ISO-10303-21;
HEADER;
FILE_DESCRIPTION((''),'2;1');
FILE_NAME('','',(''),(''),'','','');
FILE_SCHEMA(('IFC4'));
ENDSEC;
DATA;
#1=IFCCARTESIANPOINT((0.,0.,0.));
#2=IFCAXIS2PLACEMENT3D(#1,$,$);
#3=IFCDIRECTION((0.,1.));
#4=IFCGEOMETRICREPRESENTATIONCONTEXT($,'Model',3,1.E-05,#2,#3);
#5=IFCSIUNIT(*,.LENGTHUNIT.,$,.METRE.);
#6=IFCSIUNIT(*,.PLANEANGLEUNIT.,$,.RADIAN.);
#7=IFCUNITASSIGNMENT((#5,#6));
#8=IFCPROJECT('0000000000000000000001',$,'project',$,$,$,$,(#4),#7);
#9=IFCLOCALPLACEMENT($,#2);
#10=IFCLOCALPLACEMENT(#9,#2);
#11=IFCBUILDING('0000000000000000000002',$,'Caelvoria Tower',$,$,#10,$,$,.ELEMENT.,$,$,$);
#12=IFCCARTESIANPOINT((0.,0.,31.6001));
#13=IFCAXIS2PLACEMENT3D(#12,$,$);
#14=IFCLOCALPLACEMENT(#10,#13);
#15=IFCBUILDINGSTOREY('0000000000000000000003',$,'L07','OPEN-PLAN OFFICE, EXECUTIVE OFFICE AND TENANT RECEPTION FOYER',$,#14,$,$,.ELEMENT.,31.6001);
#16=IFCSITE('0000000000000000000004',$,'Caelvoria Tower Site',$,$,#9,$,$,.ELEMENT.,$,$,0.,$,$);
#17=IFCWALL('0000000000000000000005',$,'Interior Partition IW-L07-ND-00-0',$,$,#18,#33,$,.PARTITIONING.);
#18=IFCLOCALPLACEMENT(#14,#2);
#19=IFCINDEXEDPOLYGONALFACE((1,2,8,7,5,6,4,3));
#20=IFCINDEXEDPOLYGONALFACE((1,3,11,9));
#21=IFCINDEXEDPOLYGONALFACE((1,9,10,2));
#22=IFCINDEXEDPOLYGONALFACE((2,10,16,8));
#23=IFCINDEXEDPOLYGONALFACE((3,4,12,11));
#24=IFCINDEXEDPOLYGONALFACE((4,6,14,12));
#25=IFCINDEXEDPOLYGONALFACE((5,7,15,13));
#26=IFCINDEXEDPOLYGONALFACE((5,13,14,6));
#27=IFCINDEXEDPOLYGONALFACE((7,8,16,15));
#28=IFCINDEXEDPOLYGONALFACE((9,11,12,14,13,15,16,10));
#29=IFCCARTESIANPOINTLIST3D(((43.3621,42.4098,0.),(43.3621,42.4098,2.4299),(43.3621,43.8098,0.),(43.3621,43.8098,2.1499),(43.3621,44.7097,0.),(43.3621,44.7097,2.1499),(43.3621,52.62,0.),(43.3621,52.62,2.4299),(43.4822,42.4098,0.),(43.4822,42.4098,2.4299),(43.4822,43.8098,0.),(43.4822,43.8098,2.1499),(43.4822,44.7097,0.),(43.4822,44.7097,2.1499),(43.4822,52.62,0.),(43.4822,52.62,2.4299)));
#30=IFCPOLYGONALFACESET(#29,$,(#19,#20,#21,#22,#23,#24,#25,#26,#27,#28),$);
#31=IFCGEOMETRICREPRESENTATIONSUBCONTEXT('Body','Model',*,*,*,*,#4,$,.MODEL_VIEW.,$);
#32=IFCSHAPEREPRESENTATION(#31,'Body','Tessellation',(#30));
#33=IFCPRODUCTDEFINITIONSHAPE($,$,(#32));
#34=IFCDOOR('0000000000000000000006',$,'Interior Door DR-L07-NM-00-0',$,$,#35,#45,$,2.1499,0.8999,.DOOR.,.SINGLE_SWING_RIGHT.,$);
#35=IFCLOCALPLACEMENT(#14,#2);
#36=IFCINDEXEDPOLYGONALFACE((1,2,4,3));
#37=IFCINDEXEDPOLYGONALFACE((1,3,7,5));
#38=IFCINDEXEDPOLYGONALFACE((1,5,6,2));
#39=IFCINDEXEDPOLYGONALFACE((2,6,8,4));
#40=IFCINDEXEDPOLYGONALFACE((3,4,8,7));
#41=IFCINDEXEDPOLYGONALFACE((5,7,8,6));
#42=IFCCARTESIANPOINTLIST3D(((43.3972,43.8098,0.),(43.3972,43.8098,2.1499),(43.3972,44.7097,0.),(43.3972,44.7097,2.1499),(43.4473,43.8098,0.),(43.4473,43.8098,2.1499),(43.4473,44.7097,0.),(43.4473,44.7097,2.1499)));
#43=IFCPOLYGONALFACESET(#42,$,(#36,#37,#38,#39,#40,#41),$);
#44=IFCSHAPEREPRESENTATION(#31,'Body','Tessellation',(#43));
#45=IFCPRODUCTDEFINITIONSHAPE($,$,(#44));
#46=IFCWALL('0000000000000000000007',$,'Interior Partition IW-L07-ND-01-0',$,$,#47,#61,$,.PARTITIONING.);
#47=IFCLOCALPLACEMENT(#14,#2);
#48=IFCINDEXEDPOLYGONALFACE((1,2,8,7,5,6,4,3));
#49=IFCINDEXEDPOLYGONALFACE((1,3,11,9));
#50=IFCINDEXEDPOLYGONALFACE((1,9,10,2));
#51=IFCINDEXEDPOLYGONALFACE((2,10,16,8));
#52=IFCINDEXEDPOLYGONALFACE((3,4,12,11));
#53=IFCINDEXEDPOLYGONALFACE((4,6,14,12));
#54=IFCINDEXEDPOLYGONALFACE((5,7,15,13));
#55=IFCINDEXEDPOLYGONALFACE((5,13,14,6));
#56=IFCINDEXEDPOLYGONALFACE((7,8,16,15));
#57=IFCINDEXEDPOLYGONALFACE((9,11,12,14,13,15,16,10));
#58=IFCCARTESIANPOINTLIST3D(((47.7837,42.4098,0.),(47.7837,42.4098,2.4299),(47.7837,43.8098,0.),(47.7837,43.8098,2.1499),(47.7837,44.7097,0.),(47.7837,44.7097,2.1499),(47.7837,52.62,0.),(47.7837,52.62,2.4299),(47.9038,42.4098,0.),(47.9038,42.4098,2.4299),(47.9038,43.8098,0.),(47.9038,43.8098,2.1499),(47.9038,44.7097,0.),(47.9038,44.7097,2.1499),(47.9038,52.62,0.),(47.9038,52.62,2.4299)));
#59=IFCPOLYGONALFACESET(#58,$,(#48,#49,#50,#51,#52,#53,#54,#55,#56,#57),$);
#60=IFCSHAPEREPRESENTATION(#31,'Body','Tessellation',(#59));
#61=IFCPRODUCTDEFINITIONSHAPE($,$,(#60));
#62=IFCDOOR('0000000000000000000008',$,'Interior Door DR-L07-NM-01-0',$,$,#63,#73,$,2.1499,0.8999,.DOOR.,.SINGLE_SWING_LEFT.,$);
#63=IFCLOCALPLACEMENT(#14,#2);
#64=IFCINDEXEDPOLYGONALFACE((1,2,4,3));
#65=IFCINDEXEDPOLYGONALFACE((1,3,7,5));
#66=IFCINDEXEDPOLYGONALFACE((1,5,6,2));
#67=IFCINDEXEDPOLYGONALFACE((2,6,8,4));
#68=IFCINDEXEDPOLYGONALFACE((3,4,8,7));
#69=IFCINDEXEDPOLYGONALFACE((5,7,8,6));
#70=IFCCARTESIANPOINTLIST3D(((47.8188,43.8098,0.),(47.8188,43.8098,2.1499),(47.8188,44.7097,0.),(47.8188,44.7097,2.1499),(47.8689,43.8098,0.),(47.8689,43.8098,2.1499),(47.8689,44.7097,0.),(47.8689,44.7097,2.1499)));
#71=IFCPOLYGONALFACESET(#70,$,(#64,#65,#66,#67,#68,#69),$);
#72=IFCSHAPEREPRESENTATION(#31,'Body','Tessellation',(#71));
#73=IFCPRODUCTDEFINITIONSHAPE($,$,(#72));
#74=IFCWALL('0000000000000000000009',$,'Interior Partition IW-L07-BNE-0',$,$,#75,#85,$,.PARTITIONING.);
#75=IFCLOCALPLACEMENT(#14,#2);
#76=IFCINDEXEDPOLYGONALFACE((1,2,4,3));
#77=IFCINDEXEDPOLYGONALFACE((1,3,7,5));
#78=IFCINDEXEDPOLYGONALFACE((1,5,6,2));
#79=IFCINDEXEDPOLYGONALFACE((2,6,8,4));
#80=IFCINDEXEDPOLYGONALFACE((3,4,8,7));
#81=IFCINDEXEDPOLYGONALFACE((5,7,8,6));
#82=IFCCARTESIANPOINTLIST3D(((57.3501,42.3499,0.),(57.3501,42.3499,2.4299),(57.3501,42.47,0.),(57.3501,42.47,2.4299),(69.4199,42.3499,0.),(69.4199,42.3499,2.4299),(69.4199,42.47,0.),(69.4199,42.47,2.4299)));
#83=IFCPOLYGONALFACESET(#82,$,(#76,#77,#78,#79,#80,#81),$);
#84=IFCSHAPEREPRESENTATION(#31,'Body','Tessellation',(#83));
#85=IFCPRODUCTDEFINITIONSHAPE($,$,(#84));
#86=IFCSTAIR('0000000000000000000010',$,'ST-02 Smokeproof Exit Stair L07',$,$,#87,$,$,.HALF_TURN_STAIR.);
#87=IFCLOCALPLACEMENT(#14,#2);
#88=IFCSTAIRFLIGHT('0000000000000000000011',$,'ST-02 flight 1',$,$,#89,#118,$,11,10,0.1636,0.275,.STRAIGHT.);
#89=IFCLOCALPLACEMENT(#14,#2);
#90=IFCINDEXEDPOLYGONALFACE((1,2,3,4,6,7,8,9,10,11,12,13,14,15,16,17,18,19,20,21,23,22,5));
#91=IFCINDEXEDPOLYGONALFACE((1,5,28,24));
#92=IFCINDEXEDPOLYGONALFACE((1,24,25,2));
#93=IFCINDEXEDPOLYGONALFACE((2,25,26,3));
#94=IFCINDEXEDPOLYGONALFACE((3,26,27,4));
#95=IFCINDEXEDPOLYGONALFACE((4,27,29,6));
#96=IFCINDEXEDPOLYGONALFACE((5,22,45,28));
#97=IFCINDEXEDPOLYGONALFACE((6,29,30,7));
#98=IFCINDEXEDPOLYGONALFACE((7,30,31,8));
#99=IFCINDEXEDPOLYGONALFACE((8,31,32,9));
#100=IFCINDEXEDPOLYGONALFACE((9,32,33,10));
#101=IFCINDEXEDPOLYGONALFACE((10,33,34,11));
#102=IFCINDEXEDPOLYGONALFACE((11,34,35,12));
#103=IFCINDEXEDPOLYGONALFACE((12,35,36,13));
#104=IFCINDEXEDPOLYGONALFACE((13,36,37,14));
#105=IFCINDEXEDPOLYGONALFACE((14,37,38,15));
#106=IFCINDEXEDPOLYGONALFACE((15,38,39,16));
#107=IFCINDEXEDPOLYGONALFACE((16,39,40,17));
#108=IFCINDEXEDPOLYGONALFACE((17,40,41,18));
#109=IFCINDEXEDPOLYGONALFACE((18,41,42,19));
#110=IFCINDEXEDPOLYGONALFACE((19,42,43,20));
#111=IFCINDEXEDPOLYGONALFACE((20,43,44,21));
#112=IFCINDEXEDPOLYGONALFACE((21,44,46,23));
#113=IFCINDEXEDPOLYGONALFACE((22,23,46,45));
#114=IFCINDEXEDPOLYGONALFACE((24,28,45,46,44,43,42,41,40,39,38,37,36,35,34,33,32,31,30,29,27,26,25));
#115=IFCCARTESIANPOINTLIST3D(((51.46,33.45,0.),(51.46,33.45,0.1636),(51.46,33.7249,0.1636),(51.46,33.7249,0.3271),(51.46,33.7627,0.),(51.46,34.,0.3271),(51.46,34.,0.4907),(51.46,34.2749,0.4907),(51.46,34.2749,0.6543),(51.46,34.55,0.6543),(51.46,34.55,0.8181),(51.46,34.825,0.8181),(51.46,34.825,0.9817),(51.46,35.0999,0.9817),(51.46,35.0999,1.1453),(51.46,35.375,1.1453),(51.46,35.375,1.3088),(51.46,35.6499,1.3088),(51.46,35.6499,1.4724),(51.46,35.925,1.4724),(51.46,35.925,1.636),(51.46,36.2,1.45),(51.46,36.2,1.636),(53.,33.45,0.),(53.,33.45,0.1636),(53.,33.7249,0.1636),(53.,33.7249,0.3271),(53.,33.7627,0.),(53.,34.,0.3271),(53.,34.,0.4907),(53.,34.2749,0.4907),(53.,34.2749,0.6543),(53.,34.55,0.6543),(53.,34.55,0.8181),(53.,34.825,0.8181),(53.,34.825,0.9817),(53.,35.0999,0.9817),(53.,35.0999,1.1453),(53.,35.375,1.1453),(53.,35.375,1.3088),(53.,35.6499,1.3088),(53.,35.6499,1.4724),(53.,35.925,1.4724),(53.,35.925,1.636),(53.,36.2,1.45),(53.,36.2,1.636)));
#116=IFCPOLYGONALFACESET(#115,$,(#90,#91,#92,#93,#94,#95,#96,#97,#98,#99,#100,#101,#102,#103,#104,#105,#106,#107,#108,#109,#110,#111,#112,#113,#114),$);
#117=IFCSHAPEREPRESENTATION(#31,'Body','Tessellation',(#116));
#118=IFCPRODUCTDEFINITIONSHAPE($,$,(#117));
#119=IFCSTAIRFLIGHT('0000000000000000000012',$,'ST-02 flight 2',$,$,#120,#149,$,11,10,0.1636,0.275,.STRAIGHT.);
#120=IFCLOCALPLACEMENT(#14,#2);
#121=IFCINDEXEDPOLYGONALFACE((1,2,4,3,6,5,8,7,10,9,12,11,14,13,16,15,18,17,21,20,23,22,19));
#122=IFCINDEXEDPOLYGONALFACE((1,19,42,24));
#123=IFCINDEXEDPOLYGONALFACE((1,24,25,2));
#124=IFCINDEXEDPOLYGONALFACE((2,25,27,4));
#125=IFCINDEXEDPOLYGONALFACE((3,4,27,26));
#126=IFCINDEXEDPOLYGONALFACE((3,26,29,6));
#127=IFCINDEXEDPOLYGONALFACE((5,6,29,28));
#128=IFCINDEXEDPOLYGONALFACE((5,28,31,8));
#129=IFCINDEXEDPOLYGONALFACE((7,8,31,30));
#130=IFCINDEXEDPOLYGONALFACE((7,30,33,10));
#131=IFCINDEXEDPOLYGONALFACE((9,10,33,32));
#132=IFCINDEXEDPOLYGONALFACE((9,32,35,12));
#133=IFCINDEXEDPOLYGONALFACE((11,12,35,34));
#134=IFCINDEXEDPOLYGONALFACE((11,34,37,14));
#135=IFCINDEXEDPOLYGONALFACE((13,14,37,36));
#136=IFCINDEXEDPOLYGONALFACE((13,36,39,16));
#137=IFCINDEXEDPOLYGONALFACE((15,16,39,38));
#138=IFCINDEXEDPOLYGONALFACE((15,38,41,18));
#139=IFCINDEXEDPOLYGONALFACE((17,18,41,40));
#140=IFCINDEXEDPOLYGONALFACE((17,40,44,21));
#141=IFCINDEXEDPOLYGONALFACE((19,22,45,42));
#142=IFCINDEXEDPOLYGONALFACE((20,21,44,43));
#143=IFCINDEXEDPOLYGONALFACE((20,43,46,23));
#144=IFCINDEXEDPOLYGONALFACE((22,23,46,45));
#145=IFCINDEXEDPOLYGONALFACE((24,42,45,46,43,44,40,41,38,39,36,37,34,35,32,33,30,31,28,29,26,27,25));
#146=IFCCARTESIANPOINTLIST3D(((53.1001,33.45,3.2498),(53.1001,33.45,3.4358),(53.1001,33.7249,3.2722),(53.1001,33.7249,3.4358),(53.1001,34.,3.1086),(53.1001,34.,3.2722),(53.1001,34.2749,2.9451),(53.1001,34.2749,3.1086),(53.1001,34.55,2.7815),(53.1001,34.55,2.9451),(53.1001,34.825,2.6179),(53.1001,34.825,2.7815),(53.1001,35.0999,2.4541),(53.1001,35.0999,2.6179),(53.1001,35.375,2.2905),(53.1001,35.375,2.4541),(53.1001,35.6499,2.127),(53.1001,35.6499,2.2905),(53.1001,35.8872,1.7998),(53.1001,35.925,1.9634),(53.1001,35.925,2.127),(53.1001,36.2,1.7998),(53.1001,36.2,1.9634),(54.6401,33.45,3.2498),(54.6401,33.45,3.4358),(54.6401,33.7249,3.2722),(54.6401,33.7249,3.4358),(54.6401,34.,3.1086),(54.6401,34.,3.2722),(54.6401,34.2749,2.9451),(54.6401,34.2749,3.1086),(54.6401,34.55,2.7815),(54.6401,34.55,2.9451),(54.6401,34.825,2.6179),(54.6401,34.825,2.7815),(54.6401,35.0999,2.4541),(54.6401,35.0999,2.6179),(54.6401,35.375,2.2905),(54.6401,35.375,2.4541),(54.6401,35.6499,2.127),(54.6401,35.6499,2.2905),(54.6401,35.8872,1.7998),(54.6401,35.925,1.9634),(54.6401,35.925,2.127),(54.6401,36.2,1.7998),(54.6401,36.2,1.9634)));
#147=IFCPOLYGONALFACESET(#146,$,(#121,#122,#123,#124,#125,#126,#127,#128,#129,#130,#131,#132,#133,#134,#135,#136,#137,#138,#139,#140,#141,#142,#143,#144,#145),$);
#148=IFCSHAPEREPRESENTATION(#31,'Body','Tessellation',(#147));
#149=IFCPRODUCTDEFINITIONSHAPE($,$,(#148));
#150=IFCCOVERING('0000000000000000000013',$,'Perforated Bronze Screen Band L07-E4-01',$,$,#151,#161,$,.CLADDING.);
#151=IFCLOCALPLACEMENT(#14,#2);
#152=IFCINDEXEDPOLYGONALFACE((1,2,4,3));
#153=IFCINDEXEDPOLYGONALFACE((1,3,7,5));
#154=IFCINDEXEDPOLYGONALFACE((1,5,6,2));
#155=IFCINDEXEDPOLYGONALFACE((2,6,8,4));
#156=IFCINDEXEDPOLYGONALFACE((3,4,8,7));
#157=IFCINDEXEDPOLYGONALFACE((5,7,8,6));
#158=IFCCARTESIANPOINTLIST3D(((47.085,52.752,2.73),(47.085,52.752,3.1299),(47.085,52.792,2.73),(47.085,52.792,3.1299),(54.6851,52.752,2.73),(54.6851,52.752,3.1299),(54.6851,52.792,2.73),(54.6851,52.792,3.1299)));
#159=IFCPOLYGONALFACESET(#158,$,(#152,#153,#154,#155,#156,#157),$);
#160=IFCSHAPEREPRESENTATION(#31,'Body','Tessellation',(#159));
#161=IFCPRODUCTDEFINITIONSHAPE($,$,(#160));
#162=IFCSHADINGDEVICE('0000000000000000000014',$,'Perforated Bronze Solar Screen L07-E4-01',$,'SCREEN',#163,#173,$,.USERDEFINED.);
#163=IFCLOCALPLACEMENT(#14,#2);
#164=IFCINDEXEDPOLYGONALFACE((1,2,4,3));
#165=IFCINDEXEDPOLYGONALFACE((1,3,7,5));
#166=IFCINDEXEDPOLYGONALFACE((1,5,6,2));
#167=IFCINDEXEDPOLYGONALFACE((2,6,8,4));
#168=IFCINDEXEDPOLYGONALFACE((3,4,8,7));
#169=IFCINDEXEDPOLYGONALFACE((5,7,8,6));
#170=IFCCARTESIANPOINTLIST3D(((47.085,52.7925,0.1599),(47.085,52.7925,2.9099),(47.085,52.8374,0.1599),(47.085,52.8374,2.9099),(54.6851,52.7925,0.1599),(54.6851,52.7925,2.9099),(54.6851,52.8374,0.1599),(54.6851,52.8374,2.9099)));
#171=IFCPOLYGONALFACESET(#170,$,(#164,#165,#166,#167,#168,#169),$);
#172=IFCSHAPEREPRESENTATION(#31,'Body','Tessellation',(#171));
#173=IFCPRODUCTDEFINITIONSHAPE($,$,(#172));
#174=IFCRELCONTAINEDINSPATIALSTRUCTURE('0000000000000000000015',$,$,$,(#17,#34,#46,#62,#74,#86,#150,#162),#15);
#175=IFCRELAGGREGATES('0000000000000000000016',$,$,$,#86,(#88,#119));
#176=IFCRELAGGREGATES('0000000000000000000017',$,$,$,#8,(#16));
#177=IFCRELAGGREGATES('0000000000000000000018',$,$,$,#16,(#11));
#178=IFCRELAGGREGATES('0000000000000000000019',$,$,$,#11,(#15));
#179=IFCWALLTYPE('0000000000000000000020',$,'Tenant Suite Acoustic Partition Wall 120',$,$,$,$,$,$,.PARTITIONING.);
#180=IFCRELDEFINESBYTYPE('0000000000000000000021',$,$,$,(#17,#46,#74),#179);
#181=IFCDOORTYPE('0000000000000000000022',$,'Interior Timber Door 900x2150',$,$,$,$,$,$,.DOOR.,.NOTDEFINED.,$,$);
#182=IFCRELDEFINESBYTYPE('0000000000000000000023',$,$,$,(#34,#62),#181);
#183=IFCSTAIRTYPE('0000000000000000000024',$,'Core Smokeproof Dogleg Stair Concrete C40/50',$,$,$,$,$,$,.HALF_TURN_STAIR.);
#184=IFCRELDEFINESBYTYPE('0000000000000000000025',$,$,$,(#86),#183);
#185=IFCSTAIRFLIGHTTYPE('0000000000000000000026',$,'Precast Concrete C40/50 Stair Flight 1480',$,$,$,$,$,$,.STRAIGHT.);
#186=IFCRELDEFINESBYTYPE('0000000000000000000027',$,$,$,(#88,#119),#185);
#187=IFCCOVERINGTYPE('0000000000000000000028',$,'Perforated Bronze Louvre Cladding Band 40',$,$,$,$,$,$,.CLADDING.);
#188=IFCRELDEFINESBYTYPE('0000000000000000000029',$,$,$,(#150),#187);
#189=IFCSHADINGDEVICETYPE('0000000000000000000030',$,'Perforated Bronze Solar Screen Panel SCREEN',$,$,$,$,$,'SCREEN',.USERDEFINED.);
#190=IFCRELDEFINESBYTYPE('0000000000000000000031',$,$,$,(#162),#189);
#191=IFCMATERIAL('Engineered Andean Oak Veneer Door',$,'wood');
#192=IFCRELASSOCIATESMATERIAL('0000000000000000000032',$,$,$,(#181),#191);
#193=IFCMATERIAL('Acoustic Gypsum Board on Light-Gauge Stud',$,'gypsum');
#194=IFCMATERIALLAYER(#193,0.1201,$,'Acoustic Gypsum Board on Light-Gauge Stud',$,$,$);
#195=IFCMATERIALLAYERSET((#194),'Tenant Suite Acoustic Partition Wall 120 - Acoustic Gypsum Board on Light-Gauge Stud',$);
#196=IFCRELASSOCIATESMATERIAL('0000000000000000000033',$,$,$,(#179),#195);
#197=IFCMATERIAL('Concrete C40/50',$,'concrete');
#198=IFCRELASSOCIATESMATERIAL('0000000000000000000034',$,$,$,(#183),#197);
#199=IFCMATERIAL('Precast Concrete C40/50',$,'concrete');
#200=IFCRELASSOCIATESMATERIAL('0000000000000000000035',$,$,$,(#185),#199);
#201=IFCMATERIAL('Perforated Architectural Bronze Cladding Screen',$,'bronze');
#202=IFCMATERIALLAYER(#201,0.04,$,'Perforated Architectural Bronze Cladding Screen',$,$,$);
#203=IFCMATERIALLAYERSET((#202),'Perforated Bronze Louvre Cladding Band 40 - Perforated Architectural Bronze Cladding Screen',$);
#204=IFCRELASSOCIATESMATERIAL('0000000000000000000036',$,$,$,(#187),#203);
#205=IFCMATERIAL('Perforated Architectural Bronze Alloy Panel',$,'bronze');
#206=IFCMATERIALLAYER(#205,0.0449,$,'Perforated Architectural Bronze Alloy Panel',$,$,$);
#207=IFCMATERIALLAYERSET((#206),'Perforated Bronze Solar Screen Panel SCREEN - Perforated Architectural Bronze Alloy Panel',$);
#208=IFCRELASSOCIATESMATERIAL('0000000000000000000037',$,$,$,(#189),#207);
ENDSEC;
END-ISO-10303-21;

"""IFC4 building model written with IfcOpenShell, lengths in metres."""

from ifc_helpers import new_model, si_unit, direction, frame, frame_2d, origin, origin_2d, place, context, subcontext, project, spatial, polyline, rectangle, outline, extrude, material, layer, layer_set, type_object, element, fill, aggregate, save


model = new_model("IFC4")

# Units and contexts
model_context = context("Model", 3, precision=1e-05, world=origin(), true_north=direction((0.0, 1.0)))
body_context = subcontext(model_context, "Body", "Model", "MODEL_VIEW")
ifc_project = project(units=[si_unit("LENGTHUNIT", "METRE"), si_unit("PLANEANGLEUNIT", "RADIAN")], contexts=[model_context])

# Site, building, storey
site_placement = place(None, origin())
site = spatial("IfcSite", under=ifc_project, at=site_placement, Name="Caelvoria Tower Site", CompositionType="ELEMENT", RefElevation=0.0)
building_placement = place(site_placement, origin())
building = spatial("IfcBuilding", under=site, at=building_placement, Name="Caelvoria Tower", CompositionType="ELEMENT")
storey_placement = place(building_placement, frame((0.0, 0.0, 31.6001)))
storey = spatial("IfcBuildingStorey", under=building, at=storey_placement, Name="L07", Description="OPEN-PLAN OFFICE, EXECUTIVE OFFICE AND TENANT RECEPTION FOYER", CompositionType="ELEMENT", Elevation=31.6001)

# Walls, openings, doors
ifc_material_1 = material(Name="Engineered Andean Oak Veneer Door", Category="wood")
door_type_1 = type_object("IfcDoorType", Name="Interior Timber Door 900x2150", OperationType="NOTDEFINED", PredefinedType="DOOR", material=ifc_material_1)
ifc_material_2 = material(Name="Acoustic Gypsum Board on Light-Gauge Stud", Category="gypsum")
ifc_layer_1 = layer(ifc_material_2, 0.1201, Name="Acoustic Gypsum Board on Light-Gauge Stud")
ifc_layer_set_1 = layer_set([ifc_layer_1], Name="Tenant Suite Acoustic Partition Wall 120 - Acoustic Gypsum Board on Light-Gauge Stud")
wall_type_1 = type_object("IfcWallType", Name="Tenant Suite Acoustic Partition Wall 120", PredefinedType="PARTITIONING", material=ifc_layer_set_1)
wall_1_placement = place(storey_placement, frame((43.4221, 42.4099, 0.0), z_axis=(0.0, 0.0, 1.0), x_axis=(0.0, 1.0, 0.0)))
wall_1 = element("IfcWall", 1, at=wall_1_placement, inside=storey, type_object=wall_type_1, Name="Interior Partition IW-L07-ND-00-0", PredefinedType="PARTITIONING", context=body_context, shape_type="SweptSolid", body=[
    extrude(rectangle(XDim=10.2102, YDim=0.1201, at=frame_2d((5.105, 0.0))), origin(), (0.0, 0.0, 1.0), 2.4299),
])
opening_1_placement = place(wall_1_placement, frame((1.3999, 0.0, 0.0)))
opening_1 = element("IfcOpeningElement", 2, at=opening_1_placement, cuts=wall_1, PredefinedType="OPENING", context=body_context, shape_type="SweptSolid", body=[
    extrude(rectangle(XDim=0.8999, YDim=2.1499, at=frame_2d((0.45, 1.075))), frame((0.0, 0.0701, 0.0), z_axis=(0.0, -1.0, 0.0), x_axis=(1.0, 0.0, 0.0)), (0.0, 0.0, 1.0), 0.1401),
])
door_1_placement = place(opening_1_placement, origin())
door_1 = element("IfcDoor", 3, at=door_1_placement, inside=storey, type_object=door_type_1, Name="Interior Door DR-L07-NM-00-0", OperationType="SINGLE_SWING_RIGHT", OverallHeight=2.1499, OverallWidth=0.8999, PredefinedType="DOOR", context=body_context, shape_type="SweptSolid", body=[
    extrude(rectangle(XDim=0.8999, YDim=2.1499, at=frame_2d((0.45, 1.075))), frame((0.0, 0.0249, 0.0), z_axis=(0.0, -1.0, 0.0), x_axis=(1.0, 0.0, 0.0)), (0.0, 0.0, 1.0), 0.05),
])
fill(opening_1, door_1)
wall_2_placement = place(storey_placement, frame((47.8438, 42.4099, 0.0), z_axis=(0.0, 0.0, 1.0), x_axis=(0.0, 1.0, 0.0)))
wall_2 = element("IfcWall", 4, at=wall_2_placement, inside=storey, type_object=wall_type_1, Name="Interior Partition IW-L07-ND-01-0", PredefinedType="PARTITIONING", context=body_context, shape_type="SweptSolid", body=[
    extrude(rectangle(XDim=10.2102, YDim=0.1201, at=frame_2d((5.105, 0.0))), origin(), (0.0, 0.0, 1.0), 2.4299),
])
opening_2_placement = place(wall_2_placement, frame((1.3999, 0.0, 0.0)))
opening_2 = element("IfcOpeningElement", 5, at=opening_2_placement, cuts=wall_2, PredefinedType="OPENING", context=body_context, shape_type="SweptSolid", body=[
    extrude(rectangle(XDim=0.8999, YDim=2.1499, at=frame_2d((0.45, 1.075))), frame((0.0, 0.0701, 0.0), z_axis=(0.0, -1.0, 0.0), x_axis=(1.0, 0.0, 0.0)), (0.0, 0.0, 1.0), 0.1401),
])
door_2_placement = place(opening_2_placement, origin())
door_2 = element("IfcDoor", 6, at=door_2_placement, inside=storey, type_object=door_type_1, Name="Interior Door DR-L07-NM-01-0", OperationType="SINGLE_SWING_LEFT", OverallHeight=2.1499, OverallWidth=0.8999, PredefinedType="DOOR", context=body_context, shape_type="SweptSolid", body=[
    extrude(rectangle(XDim=0.8999, YDim=2.1499, at=frame_2d((0.45, 1.075))), frame((0.0, 0.0249, 0.0), z_axis=(0.0, -1.0, 0.0), x_axis=(1.0, 0.0, 0.0)), (0.0, 0.0, 1.0), 0.05),
])
fill(opening_2, door_2)

# Wall
wall_3_placement = place(storey_placement, frame((57.3501, 42.4099, 0.0), z_axis=(0.0, 0.0, 1.0), x_axis=(1.0, 0.0, 0.0)))
element("IfcWall", 7, at=wall_3_placement, inside=storey, type_object=wall_type_1, Name="Interior Partition IW-L07-BNE-0", PredefinedType="PARTITIONING", context=body_context, shape_type="SweptSolid", body=[
    extrude(rectangle(XDim=12.0698, YDim=0.1201, at=frame_2d((6.0349, 0.0))), origin(), (0.0, 0.0, 1.0), 2.4299),
])

# Stair, stair flights
ifc_material_3 = material(Name="Concrete C40/50", Category="concrete")
stair_type = type_object("IfcStairType", Name="Core Smokeproof Dogleg Stair Concrete C40/50", PredefinedType="HALF_TURN_STAIR", material=ifc_material_3)
stair_placement = place(storey_placement, origin())
stair = element("IfcStair", 8, at=stair_placement, inside=storey, type_object=stair_type, Name="ST-02 Smokeproof Exit Stair L07", PredefinedType="HALF_TURN_STAIR")
ifc_material_4 = material(Name="Precast Concrete C40/50", Category="concrete")
stair_flight_type = type_object("IfcStairFlightType", Name="Precast Concrete C40/50 Stair Flight 1480", PredefinedType="STRAIGHT", material=ifc_material_4)
stair_flight_1_placement = place(storey_placement, frame((52.23, 33.45, 0.0), z_axis=(0.0, 0.0, 1.0), x_axis=(0.0, 1.0, 0.0)))
stair_flight_1 = element("IfcStairFlight", 9, at=stair_flight_1_placement, type_object=stair_flight_type, Name="ST-02 flight 1", NumberOfRisers=11, NumberOfTreads=10, PredefinedType="STRAIGHT", RiserHeight=0.1636, TreadLength=0.275, context=body_context, shape_type="SweptSolid", body=[
    extrude(outline(polyline([(0.0, 0.0), (0.0, 0.1636), (0.2749, 0.1636), (0.2749, 0.3271), (0.55, 0.3271), (0.55, 0.4907), (0.825, 0.4907), (0.825, 0.6543), (1.1001, 0.6543), (1.1001, 0.8181), (1.375, 0.8181), (1.375, 0.9817), (1.6499, 0.9817), (1.6499, 1.1453), (1.925, 1.1453), (1.925, 1.3088), (2.2, 1.3088), (2.2, 1.4724), (2.4751, 1.4724), (2.4751, 1.636), (2.75, 1.636), (2.75, 1.7996), (2.75, 1.45), (0.3127, 0.0), (0.0, 0.0)])), frame((0.0, 0.77, 0.0), z_axis=(0.0, -1.0, 0.0), x_axis=(1.0, 0.0, 0.0)), (0.0, 0.0, 1.0), 1.54),
])
stair_flight_2_placement = place(storey_placement, frame((53.8701, 36.2, 1.7998), z_axis=(0.0, 0.0, 1.0), x_axis=(0.0, -1.0, 0.0)))
stair_flight_2 = element("IfcStairFlight", 10, at=stair_flight_2_placement, type_object=stair_flight_type, Name="ST-02 flight 2", NumberOfRisers=11, NumberOfTreads=10, PredefinedType="STRAIGHT", RiserHeight=0.1636, TreadLength=0.275, context=body_context, shape_type="SweptSolid", body=[
    extrude(outline(polyline([(0.0, 0.0), (0.0, 0.1636), (0.2749, 0.1636), (0.2749, 0.3271), (0.55, 0.3271), (0.55, 0.4907), (0.825, 0.4907), (0.825, 0.6543), (1.1001, 0.6543), (1.1001, 0.8181), (1.375, 0.8181), (1.375, 0.9817), (1.6499, 0.9817), (1.6499, 1.1453), (1.925, 1.1453), (1.925, 1.3088), (2.2, 1.3088), (2.2, 1.4724), (2.4751, 1.4724), (2.4751, 1.636), (2.75, 1.636), (2.75, 1.7996), (2.75, 1.45), (0.3127, 0.0), (0.0, 0.0)])), frame((0.0, 0.77, 0.0), z_axis=(0.0, -1.0, 0.0), x_axis=(1.0, 0.0, 0.0)), (0.0, 0.0, 1.0), 1.54),
])
aggregate(stair, [stair_flight_1, stair_flight_2])

# Covering
ifc_material_5 = material(Name="Perforated Architectural Bronze Cladding Screen", Category="bronze")
ifc_layer_2 = layer(ifc_material_5, 0.04, Name="Perforated Architectural Bronze Cladding Screen")
ifc_layer_set_2 = layer_set([ifc_layer_2], Name="Perforated Bronze Louvre Cladding Band 40 - Perforated Architectural Bronze Cladding Screen")
covering_type = type_object("IfcCoveringType", Name="Perforated Bronze Louvre Cladding Band 40", PredefinedType="CLADDING", material=ifc_layer_set_2)
covering_placement = place(storey_placement, frame((50.885, 52.772, 2.73), z_axis=(0.0, 0.0, 1.0), x_axis=(-1.0, 0.0, 0.0)))
element("IfcCovering", 11, at=covering_placement, inside=storey, type_object=covering_type, Name="Perforated Bronze Screen Band L07-E4-01", PredefinedType="CLADDING", context=body_context, shape_type="SweptSolid", body=[
    extrude(rectangle(XDim=7.6001, YDim=0.04, at=origin_2d()), origin(), (0.0, 0.0, 1.0), 0.3999),
])

# Shading device
ifc_material_6 = material(Name="Perforated Architectural Bronze Alloy Panel", Category="bronze")
ifc_layer_3 = layer(ifc_material_6, 0.0449, Name="Perforated Architectural Bronze Alloy Panel")
ifc_layer_set_3 = layer_set([ifc_layer_3], Name="Perforated Bronze Solar Screen Panel SCREEN - Perforated Architectural Bronze Alloy Panel")
shading_device_type = type_object("IfcShadingDeviceType", Name="Perforated Bronze Solar Screen Panel SCREEN", ElementType="SCREEN", PredefinedType="USERDEFINED", material=ifc_layer_set_3)
shading_device_placement = place(storey_placement, frame((50.885, 52.8149, 0.1599), z_axis=(0.0, 0.0, 1.0), x_axis=(-1.0, 0.0, 0.0)))
element("IfcShadingDevice", 12, at=shading_device_placement, inside=storey, type_object=shading_device_type, Name="Perforated Bronze Solar Screen L07-E4-01", ObjectType="SCREEN", PredefinedType="USERDEFINED", context=body_context, shape_type="SweptSolid", body=[
    extrude(rectangle(XDim=7.6001, YDim=0.0449, at=origin_2d()), origin(), (0.0, 0.0, 1.0), 2.75),
])

save(model, "model.ifc")
